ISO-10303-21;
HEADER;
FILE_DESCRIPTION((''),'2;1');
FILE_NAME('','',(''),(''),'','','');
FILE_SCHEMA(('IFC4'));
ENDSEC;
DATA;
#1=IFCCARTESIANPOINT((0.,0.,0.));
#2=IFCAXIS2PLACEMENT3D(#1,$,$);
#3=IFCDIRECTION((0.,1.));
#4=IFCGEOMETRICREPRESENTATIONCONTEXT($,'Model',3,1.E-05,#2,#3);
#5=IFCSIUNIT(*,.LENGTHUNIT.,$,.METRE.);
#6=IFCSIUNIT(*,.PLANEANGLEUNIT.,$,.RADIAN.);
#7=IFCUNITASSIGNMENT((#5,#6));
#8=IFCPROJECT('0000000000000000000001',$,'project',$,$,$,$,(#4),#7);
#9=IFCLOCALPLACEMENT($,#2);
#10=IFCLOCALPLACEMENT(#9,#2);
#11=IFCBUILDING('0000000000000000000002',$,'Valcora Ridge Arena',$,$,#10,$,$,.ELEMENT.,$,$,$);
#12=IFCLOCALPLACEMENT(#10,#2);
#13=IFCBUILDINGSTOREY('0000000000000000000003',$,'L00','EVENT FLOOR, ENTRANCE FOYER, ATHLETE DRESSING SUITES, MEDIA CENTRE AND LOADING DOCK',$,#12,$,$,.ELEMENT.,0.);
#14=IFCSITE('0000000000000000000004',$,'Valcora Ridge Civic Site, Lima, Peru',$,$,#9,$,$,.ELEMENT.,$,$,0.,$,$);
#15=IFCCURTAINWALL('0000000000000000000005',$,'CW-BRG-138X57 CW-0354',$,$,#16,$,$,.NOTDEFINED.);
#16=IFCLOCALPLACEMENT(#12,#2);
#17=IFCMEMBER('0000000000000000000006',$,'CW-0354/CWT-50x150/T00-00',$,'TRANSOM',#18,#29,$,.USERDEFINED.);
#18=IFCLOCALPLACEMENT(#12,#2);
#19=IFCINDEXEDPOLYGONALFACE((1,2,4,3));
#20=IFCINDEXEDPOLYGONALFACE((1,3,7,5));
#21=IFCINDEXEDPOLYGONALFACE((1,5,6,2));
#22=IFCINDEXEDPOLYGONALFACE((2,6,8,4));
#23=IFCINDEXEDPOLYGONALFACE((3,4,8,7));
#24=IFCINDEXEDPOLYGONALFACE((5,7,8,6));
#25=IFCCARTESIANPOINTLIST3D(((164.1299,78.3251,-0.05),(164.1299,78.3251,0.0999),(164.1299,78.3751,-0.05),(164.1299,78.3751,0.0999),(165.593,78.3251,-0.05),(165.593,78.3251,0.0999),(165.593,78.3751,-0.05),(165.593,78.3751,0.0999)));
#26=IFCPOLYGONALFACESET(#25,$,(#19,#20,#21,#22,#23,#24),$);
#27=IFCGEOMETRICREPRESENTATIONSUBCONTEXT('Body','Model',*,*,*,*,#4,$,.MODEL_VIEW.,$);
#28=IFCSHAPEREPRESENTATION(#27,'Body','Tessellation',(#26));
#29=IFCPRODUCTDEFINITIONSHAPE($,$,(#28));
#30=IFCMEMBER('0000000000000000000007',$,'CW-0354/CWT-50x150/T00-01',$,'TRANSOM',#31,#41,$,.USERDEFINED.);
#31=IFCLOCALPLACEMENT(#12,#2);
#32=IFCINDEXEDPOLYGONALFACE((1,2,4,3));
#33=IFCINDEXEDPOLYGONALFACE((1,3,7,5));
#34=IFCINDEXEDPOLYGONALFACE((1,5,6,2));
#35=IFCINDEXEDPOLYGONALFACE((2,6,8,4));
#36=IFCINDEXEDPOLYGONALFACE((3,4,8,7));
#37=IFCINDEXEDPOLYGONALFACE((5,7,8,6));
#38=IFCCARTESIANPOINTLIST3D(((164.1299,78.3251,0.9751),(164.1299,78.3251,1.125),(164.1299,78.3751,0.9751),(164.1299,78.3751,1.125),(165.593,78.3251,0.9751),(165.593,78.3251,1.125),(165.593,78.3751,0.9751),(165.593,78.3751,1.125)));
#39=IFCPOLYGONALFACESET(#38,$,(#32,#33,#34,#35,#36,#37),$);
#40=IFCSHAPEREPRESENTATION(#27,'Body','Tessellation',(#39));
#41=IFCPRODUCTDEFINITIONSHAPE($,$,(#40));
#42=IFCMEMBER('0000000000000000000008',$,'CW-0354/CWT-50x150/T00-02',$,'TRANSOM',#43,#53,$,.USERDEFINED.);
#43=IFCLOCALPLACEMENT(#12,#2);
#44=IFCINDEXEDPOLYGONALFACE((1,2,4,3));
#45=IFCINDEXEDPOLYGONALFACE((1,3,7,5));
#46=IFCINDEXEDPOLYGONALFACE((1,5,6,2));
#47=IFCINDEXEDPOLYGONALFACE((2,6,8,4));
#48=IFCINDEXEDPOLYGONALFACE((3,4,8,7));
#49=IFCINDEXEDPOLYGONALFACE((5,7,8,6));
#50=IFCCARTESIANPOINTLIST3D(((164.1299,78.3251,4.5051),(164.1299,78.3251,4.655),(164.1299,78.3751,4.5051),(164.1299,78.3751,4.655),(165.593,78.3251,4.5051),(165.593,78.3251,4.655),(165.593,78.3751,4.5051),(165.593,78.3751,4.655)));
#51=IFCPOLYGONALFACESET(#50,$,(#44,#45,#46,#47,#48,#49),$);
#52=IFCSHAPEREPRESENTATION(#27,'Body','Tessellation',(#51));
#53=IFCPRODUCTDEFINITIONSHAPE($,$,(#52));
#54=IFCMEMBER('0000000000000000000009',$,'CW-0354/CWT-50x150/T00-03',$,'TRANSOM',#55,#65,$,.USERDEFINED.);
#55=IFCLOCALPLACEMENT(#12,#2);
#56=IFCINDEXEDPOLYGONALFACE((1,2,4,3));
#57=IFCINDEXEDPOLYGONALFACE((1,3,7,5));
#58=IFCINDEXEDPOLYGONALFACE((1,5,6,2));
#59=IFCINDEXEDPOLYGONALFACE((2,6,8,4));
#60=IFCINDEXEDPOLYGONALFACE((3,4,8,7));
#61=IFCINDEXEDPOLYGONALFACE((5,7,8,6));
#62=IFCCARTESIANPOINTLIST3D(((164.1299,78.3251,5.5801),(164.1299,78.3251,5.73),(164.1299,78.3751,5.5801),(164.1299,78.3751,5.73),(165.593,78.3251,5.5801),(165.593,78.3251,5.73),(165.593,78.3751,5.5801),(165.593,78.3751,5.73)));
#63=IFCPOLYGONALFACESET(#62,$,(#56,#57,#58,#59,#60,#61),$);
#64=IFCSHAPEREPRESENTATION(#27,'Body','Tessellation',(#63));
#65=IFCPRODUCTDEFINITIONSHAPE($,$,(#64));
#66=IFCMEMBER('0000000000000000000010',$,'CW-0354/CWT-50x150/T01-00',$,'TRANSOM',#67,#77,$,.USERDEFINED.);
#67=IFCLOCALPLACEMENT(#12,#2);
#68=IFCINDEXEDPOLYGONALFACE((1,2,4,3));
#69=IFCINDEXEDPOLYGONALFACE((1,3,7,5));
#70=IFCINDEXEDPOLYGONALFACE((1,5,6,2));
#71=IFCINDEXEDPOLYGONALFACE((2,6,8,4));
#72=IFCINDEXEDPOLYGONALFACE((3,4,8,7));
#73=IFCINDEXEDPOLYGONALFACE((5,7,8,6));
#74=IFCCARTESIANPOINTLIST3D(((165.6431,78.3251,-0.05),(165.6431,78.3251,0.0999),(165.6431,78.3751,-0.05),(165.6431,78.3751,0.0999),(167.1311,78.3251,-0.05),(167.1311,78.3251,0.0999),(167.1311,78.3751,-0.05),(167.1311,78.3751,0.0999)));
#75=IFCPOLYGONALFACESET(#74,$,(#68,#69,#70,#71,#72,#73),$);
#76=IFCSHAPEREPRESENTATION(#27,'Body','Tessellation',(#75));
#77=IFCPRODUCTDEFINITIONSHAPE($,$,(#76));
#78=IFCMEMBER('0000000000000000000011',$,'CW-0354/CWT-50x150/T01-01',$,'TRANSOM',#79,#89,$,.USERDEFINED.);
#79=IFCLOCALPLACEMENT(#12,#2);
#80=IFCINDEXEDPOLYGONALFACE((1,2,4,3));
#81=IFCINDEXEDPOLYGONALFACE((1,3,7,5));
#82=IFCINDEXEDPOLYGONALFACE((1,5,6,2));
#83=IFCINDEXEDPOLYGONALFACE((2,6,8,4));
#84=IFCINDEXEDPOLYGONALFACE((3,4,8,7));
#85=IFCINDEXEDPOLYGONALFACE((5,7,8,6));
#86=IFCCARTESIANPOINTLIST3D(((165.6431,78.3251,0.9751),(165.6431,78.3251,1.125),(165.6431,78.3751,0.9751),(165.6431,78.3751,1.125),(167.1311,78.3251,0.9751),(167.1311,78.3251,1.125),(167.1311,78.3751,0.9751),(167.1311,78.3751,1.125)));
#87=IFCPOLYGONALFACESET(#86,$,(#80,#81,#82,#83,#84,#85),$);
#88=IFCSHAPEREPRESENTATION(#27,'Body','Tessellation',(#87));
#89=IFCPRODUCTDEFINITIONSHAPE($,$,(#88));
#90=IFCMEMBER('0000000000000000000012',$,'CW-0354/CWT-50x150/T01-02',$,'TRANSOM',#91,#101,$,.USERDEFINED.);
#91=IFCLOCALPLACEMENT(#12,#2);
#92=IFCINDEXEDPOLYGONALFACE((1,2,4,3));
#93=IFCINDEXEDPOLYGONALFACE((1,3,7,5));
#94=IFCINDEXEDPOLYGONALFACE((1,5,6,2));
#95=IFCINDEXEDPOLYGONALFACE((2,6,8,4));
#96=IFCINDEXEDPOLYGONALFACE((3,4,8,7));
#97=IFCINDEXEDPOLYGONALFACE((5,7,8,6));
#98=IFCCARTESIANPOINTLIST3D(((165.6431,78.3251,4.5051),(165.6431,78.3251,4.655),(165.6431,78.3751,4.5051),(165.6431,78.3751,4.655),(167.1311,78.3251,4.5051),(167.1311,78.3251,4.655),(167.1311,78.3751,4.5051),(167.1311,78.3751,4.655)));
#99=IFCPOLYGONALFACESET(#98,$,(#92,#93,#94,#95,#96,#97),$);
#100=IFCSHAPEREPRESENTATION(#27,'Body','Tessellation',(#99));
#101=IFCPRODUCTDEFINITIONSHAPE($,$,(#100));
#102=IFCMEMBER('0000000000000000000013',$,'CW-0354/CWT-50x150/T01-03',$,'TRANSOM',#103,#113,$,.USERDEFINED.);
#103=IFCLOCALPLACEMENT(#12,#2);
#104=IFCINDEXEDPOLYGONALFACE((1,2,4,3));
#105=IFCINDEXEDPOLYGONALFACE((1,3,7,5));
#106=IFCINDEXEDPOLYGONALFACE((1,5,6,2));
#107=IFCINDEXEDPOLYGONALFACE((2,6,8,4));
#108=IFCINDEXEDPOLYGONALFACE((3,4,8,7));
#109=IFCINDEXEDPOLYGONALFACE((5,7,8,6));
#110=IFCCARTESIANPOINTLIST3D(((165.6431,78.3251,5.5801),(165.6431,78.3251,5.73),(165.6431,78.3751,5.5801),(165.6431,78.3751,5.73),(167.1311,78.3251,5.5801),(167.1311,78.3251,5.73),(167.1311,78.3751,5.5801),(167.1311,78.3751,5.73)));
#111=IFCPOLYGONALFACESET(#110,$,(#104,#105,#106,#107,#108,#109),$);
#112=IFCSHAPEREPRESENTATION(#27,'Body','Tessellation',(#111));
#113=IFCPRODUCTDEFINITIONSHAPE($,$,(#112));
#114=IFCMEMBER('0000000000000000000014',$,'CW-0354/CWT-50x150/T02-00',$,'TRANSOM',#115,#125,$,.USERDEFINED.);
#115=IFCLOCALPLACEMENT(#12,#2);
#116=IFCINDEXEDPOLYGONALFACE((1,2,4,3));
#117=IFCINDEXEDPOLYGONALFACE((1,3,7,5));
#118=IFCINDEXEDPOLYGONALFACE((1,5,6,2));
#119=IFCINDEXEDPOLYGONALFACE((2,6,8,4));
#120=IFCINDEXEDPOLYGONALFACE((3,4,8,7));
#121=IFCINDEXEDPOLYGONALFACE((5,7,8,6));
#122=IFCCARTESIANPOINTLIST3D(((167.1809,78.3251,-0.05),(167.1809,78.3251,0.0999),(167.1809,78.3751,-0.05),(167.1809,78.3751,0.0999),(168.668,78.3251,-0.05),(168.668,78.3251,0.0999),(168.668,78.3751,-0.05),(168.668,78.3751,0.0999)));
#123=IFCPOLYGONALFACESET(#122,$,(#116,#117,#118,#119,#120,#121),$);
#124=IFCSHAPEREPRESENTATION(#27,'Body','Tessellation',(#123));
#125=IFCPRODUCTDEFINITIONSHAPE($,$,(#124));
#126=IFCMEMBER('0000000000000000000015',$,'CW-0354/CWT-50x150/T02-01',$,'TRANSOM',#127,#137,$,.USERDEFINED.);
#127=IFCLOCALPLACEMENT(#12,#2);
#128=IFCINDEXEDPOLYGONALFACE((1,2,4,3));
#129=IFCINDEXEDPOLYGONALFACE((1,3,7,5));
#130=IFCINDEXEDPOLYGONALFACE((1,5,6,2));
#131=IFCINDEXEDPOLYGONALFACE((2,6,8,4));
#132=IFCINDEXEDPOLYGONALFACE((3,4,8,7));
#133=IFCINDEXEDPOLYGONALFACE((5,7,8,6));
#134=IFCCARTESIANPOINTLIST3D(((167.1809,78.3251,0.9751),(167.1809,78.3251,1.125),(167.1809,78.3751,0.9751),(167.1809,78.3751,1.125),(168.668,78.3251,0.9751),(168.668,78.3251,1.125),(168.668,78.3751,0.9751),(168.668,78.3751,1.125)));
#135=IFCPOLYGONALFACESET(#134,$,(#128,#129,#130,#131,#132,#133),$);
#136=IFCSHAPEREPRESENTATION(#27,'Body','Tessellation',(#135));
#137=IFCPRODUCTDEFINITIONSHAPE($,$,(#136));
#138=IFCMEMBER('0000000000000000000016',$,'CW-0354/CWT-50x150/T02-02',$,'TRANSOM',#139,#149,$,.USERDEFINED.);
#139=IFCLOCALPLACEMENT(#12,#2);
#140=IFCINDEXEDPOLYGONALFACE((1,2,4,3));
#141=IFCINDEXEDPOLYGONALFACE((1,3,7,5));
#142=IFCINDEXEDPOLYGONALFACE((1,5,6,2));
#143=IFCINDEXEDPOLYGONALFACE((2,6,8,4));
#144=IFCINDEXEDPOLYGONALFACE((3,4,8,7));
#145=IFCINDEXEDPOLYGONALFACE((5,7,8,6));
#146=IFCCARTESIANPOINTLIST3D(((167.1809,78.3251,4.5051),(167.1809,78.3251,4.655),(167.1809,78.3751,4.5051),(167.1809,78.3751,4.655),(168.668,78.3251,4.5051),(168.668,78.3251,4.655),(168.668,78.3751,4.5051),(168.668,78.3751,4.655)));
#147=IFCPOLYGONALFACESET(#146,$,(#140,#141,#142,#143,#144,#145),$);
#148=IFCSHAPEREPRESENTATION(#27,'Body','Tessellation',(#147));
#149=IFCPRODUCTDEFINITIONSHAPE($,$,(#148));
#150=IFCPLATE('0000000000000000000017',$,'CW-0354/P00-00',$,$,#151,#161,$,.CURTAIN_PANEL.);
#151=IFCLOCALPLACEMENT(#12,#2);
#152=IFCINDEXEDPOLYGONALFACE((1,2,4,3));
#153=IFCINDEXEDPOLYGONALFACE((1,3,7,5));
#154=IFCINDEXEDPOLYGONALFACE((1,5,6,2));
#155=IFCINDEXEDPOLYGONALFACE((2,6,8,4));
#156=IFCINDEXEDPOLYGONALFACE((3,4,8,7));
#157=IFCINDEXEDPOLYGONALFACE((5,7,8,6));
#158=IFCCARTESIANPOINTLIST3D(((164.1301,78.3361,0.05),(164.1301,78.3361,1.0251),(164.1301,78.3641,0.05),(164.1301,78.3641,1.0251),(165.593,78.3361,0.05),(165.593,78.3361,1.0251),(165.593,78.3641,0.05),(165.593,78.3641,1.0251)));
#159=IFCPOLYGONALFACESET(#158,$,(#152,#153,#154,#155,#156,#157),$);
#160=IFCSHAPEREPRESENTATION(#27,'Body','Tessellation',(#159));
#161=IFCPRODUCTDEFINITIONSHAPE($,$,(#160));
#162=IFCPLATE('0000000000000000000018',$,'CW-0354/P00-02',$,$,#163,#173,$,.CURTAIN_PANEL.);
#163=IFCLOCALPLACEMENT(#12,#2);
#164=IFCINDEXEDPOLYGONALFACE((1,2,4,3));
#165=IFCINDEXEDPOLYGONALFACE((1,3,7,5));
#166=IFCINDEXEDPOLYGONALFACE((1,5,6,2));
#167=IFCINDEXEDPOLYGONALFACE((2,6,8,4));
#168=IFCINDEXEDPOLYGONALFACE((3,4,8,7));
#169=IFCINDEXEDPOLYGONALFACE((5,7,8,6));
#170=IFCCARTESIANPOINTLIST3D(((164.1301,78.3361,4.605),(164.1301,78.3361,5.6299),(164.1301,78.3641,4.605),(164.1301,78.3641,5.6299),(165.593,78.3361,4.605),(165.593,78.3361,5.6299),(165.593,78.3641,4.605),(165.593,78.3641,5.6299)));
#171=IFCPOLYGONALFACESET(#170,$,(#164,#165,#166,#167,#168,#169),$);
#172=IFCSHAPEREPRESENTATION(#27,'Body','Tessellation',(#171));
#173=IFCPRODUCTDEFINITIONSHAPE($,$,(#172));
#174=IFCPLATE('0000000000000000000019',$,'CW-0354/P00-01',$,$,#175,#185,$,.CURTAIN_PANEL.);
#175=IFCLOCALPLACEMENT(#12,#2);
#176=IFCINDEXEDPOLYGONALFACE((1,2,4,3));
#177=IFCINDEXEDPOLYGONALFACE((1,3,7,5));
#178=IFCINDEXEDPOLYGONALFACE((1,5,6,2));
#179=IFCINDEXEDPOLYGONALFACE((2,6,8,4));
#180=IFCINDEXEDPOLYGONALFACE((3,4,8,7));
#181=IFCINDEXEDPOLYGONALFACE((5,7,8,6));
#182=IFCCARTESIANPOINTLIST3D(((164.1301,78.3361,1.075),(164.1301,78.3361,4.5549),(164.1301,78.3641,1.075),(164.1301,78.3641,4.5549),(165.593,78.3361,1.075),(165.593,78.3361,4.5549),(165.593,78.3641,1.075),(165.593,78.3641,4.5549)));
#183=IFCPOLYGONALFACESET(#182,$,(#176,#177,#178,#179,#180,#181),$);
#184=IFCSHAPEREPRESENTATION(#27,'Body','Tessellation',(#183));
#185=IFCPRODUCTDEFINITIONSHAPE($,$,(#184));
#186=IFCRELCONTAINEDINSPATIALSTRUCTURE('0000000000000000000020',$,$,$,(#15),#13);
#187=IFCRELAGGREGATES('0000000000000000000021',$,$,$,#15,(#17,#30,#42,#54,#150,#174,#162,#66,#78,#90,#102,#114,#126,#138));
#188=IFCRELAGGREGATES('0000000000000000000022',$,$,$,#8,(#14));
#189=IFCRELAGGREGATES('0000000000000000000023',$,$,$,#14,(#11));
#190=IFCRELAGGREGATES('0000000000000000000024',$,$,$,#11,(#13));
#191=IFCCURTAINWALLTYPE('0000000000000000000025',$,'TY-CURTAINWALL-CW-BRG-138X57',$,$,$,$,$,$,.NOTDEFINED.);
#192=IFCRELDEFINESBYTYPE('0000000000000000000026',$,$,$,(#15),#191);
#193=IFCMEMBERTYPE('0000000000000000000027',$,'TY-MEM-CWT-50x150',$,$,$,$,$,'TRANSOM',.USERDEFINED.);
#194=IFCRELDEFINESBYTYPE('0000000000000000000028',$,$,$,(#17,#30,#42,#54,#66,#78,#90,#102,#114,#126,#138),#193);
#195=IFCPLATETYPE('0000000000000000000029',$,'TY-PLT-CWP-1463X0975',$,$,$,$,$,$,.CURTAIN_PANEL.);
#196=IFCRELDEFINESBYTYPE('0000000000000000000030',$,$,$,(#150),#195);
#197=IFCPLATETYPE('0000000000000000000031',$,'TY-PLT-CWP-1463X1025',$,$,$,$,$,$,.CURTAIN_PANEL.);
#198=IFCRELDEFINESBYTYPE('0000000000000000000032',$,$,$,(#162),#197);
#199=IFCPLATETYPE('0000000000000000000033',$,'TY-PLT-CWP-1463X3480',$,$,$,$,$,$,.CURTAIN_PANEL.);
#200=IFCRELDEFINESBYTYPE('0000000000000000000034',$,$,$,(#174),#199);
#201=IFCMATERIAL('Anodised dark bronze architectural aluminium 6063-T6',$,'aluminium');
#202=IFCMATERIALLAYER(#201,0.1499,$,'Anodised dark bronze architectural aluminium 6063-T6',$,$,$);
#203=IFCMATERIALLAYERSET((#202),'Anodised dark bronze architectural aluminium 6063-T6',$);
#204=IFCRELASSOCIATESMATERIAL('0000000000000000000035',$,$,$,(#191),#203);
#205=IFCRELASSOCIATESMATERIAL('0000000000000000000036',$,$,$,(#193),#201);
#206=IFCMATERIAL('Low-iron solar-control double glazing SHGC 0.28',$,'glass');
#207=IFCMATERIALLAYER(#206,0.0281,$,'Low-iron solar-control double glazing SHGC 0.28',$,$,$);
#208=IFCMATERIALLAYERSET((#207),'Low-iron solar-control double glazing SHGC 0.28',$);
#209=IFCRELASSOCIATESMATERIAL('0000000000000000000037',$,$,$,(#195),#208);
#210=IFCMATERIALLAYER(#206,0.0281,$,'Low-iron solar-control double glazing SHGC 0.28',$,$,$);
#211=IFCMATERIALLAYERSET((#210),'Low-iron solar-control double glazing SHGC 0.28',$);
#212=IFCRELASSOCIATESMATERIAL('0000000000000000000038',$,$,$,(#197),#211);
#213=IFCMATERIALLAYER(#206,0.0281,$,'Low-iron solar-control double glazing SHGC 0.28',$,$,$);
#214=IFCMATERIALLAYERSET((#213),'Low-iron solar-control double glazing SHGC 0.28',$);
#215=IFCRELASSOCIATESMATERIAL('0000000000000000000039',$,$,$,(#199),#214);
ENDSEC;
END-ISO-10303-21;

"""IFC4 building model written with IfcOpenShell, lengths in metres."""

from ifc_helpers import new_model, si_unit, direction, frame, origin, origin_2d, place, context, subcontext, project, spatial, rectangle, extrude, material, layer, layer_set, material_profile, profile_set, type_object, element, aggregate, save


model = new_model("IFC4")

# Units and contexts
model_context = context("Model", 3, precision=1e-05, world=origin(), true_north=direction((0.0, 1.0)))
body_context = subcontext(model_context, "Body", "Model", "MODEL_VIEW")
ifc_project = project(units=[si_unit("LENGTHUNIT", "METRE"), si_unit("PLANEANGLEUNIT", "RADIAN")], contexts=[model_context])

# Site, building, storey
site_placement = place(None, origin())
site = spatial("IfcSite", under=ifc_project, at=site_placement, Name="Valcora Ridge Civic Site, Lima, Peru", CompositionType="ELEMENT", RefElevation=0.0)
building_placement = place(site_placement, origin())
building = spatial("IfcBuilding", under=site, at=building_placement, Name="Valcora Ridge Arena", CompositionType="ELEMENT")
storey_placement = place(building_placement, origin())
storey = spatial("IfcBuildingStorey", under=building, at=storey_placement, Name="L00", Description="EVENT FLOOR, ENTRANCE FOYER, ATHLETE DRESSING SUITES, MEDIA CENTRE AND LOADING DOCK", CompositionType="ELEMENT", Elevation=0.0)

# Curtain wall
ifc_material_1 = material(Name="Anodised dark bronze architectural aluminium 6063-T6", Category="aluminium")
ifc_layer_1 = layer(ifc_material_1, 0.1499, Name="Anodised dark bronze architectural aluminium 6063-T6")
ifc_layer_set_1 = layer_set([ifc_layer_1], Name="Anodised dark bronze architectural aluminium 6063-T6")
curtain_wall_type_1 = type_object("IfcCurtainWallType", Name="TY-CURTAINWALL-CW-BRG-138X57", PredefinedType="NOTDEFINED", material=ifc_layer_set_1)
curtain_wall_1_placement = place(storey_placement, origin())
curtain_wall_1 = element("IfcCurtainWall", 1, at=curtain_wall_1_placement, inside=storey, type_object=curtain_wall_type_1, Name="CW-BRG-138X57 CW-0354", PredefinedType="NOTDEFINED")
ifc_material_profile_1 = material_profile(ifc_material_1, rectangle(XDim=0.05, YDim=0.1499, at=origin_2d()), Name="ALU TRANSOM 50x150")
ifc_profile_set_1 = profile_set([ifc_material_profile_1], Name="Anodised dark bronze architectural aluminium 6063-T6")
member_type_1 = type_object("IfcMemberType", Name="TY-MEM-CWT-50x150", ElementType="TRANSOM", PredefinedType="USERDEFINED", material=ifc_profile_set_1)

# Members
member_1_placement = place(storey_placement, frame((164.1299, 78.3501, 0.0249), z_axis=(1.0, 0.0, 0.0), x_axis=(0.0, 1.0, 0.0)))
member_1 = element("IfcMember", 2, at=member_1_placement, type_object=member_type_1, Name="CW-0354/CWT-50x150/T00-00", ObjectType="TRANSOM", PredefinedType="USERDEFINED", context=body_context, shape_type="SweptSolid", body=[
    extrude(rectangle(XDim=0.05, YDim=0.1499, at=origin_2d()), origin(), (0.0, 0.0, 1.0), 1.4631),
])
member_2_placement = place(storey_placement, frame((164.1299, 78.3501, 1.05), z_axis=(1.0, 0.0, 0.0), x_axis=(0.0, 1.0, 0.0)))
member_2 = element("IfcMember", 3, at=member_2_placement, type_object=member_type_1, Name="CW-0354/CWT-50x150/T00-01", ObjectType="TRANSOM", PredefinedType="USERDEFINED", context=body_context, shape_type="SweptSolid", body=[
    extrude(rectangle(XDim=0.05, YDim=0.1499, at=origin_2d()), origin(), (0.0, 0.0, 1.0), 1.4631),
])
member_3_placement = place(storey_placement, frame((164.1299, 78.3501, 4.5801), z_axis=(1.0, 0.0, 0.0), x_axis=(0.0, 1.0, 0.0)))
member_3 = element("IfcMember", 4, at=member_3_placement, type_object=member_type_1, Name="CW-0354/CWT-50x150/T00-02", ObjectType="TRANSOM", PredefinedType="USERDEFINED", context=body_context, shape_type="SweptSolid", body=[
    extrude(rectangle(XDim=0.05, YDim=0.1499, at=origin_2d()), origin(), (0.0, 0.0, 1.0), 1.4631),
])
member_4_placement = place(storey_placement, frame((164.1299, 78.3501, 5.655), z_axis=(1.0, 0.0, 0.0), x_axis=(0.0, 1.0, 0.0)))
member_4 = element("IfcMember", 5, at=member_4_placement, type_object=member_type_1, Name="CW-0354/CWT-50x150/T00-03", ObjectType="TRANSOM", PredefinedType="USERDEFINED", context=body_context, shape_type="SweptSolid", body=[
    extrude(rectangle(XDim=0.05, YDim=0.1499, at=origin_2d()), origin(), (0.0, 0.0, 1.0), 1.4631),
])
member_5_placement = place(storey_placement, frame((165.6431, 78.3501, 0.0249), z_axis=(1.0, 0.0, 0.0), x_axis=(0.0, 1.0, 0.0)))
member_5 = element("IfcMember", 6, at=member_5_placement, type_object=member_type_1, Name="CW-0354/CWT-50x150/T01-00", ObjectType="TRANSOM", PredefinedType="USERDEFINED", context=body_context, shape_type="SweptSolid", body=[
    extrude(rectangle(XDim=0.05, YDim=0.1499, at=origin_2d()), origin(), (0.0, 0.0, 1.0), 1.488),
])
member_6_placement = place(storey_placement, frame((165.6431, 78.3501, 1.05), z_axis=(1.0, 0.0, 0.0), x_axis=(0.0, 1.0, 0.0)))
member_6 = element("IfcMember", 7, at=member_6_placement, type_object=member_type_1, Name="CW-0354/CWT-50x150/T01-01", ObjectType="TRANSOM", PredefinedType="USERDEFINED", context=body_context, shape_type="SweptSolid", body=[
    extrude(rectangle(XDim=0.05, YDim=0.1499, at=origin_2d()), origin(), (0.0, 0.0, 1.0), 1.488),
])
member_7_placement = place(storey_placement, frame((165.6431, 78.3501, 4.5801), z_axis=(1.0, 0.0, 0.0), x_axis=(0.0, 1.0, 0.0)))
member_7 = element("IfcMember", 8, at=member_7_placement, type_object=member_type_1, Name="CW-0354/CWT-50x150/T01-02", ObjectType="TRANSOM", PredefinedType="USERDEFINED", context=body_context, shape_type="SweptSolid", body=[
    extrude(rectangle(XDim=0.05, YDim=0.1499, at=origin_2d()), origin(), (0.0, 0.0, 1.0), 1.488),
])
member_8_placement = place(storey_placement, frame((165.6431, 78.3501, 5.655), z_axis=(1.0, 0.0, 0.0), x_axis=(0.0, 1.0, 0.0)))
member_8 = element("IfcMember", 9, at=member_8_placement, type_object=member_type_1, Name="CW-0354/CWT-50x150/T01-03", ObjectType="TRANSOM", PredefinedType="USERDEFINED", context=body_context, shape_type="SweptSolid", body=[
    extrude(rectangle(XDim=0.05, YDim=0.1499, at=origin_2d()), origin(), (0.0, 0.0, 1.0), 1.488),
])
member_9_placement = place(storey_placement, frame((167.1809, 78.3501, 0.0249), z_axis=(1.0, 0.0, 0.0), x_axis=(0.0, 1.0, 0.0)))
member_9 = element("IfcMember", 10, at=member_9_placement, type_object=member_type_1, Name="CW-0354/CWT-50x150/T02-00", ObjectType="TRANSOM", PredefinedType="USERDEFINED", context=body_context, shape_type="SweptSolid", body=[
    extrude(rectangle(XDim=0.05, YDim=0.1499, at=origin_2d()), origin(), (0.0, 0.0, 1.0), 1.4871),
])
member_10_placement = place(storey_placement, frame((167.1809, 78.3501, 1.05), z_axis=(1.0, 0.0, 0.0), x_axis=(0.0, 1.0, 0.0)))
member_10 = element("IfcMember", 11, at=member_10_placement, type_object=member_type_1, Name="CW-0354/CWT-50x150/T02-01", ObjectType="TRANSOM", PredefinedType="USERDEFINED", context=body_context, shape_type="SweptSolid", body=[
    extrude(rectangle(XDim=0.05, YDim=0.1499, at=origin_2d()), origin(), (0.0, 0.0, 1.0), 1.4871),
])
member_11_placement = place(storey_placement, frame((167.1809, 78.3501, 4.5801), z_axis=(1.0, 0.0, 0.0), x_axis=(0.0, 1.0, 0.0)))
member_11 = element("IfcMember", 12, at=member_11_placement, type_object=member_type_1, Name="CW-0354/CWT-50x150/T02-02", ObjectType="TRANSOM", PredefinedType="USERDEFINED", context=body_context, shape_type="SweptSolid", body=[
    extrude(rectangle(XDim=0.05, YDim=0.1499, at=origin_2d()), origin(), (0.0, 0.0, 1.0), 1.4871),
])

# Plates
ifc_material_2 = material(Name="Low-iron solar-control double glazing SHGC 0.28", Category="glass")
ifc_layer_2 = layer(ifc_material_2, 0.0281, Name="Low-iron solar-control double glazing SHGC 0.28")
ifc_layer_set_2 = layer_set([ifc_layer_2], Name="Low-iron solar-control double glazing SHGC 0.28")
plate_type_1 = type_object("IfcPlateType", Name="TY-PLT-CWP-1463X0975", PredefinedType="CURTAIN_PANEL", material=ifc_layer_set_2)
plate_1_placement = place(storey_placement, frame((164.8616, 78.3501, 0.05), z_axis=(0.0, 0.0, 1.0), x_axis=(1.0, 0.0, 0.0)))
plate_1 = element("IfcPlate", 13, at=plate_1_placement, type_object=plate_type_1, Name="CW-0354/P00-00", PredefinedType="CURTAIN_PANEL", context=body_context, shape_type="SweptSolid", body=[
    extrude(rectangle(XDim=1.4629, YDim=0.0281, at=origin_2d()), origin(), (0.0, 0.0, 1.0), 0.9751),
])
ifc_layer_3 = layer(ifc_material_2, 0.0281, Name="Low-iron solar-control double glazing SHGC 0.28")
ifc_layer_set_3 = layer_set([ifc_layer_3], Name="Low-iron solar-control double glazing SHGC 0.28")
plate_type_2 = type_object("IfcPlateType", Name="TY-PLT-CWP-1463X1025", PredefinedType="CURTAIN_PANEL", material=ifc_layer_set_3)
plate_2_placement = place(storey_placement, frame((164.8616, 78.3501, 4.605), z_axis=(0.0, 0.0, 1.0), x_axis=(1.0, 0.0, 0.0)))
plate_2 = element("IfcPlate", 14, at=plate_2_placement, type_object=plate_type_2, Name="CW-0354/P00-02", PredefinedType="CURTAIN_PANEL", context=body_context, shape_type="SweptSolid", body=[
    extrude(rectangle(XDim=1.4629, YDim=0.0281, at=origin_2d()), origin(), (0.0, 0.0, 1.0), 1.0249),
])
ifc_layer_4 = layer(ifc_material_2, 0.0281, Name="Low-iron solar-control double glazing SHGC 0.28")
ifc_layer_set_4 = layer_set([ifc_layer_4], Name="Low-iron solar-control double glazing SHGC 0.28")
plate_type_3 = type_object("IfcPlateType", Name="TY-PLT-CWP-1463X3480", PredefinedType="CURTAIN_PANEL", material=ifc_layer_set_4)
plate_3_placement = place(storey_placement, frame((164.8616, 78.3501, 1.075), z_axis=(0.0, 0.0, 1.0), x_axis=(1.0, 0.0, 0.0)))
plate_3 = element("IfcPlate", 15, at=plate_3_placement, type_object=plate_type_3, Name="CW-0354/P00-01", PredefinedType="CURTAIN_PANEL", context=body_context, shape_type="SweptSolid", body=[
    extrude(rectangle(XDim=1.4629, YDim=0.0281, at=origin_2d()), origin(), (0.0, 0.0, 1.0), 3.48),
])
aggregate(curtain_wall_1, [member_1, member_2, member_3, member_4, plate_1, plate_3, plate_2, member_5, member_6, member_7, member_8, member_9, member_10, member_11])

save(model, "model.ifc")
